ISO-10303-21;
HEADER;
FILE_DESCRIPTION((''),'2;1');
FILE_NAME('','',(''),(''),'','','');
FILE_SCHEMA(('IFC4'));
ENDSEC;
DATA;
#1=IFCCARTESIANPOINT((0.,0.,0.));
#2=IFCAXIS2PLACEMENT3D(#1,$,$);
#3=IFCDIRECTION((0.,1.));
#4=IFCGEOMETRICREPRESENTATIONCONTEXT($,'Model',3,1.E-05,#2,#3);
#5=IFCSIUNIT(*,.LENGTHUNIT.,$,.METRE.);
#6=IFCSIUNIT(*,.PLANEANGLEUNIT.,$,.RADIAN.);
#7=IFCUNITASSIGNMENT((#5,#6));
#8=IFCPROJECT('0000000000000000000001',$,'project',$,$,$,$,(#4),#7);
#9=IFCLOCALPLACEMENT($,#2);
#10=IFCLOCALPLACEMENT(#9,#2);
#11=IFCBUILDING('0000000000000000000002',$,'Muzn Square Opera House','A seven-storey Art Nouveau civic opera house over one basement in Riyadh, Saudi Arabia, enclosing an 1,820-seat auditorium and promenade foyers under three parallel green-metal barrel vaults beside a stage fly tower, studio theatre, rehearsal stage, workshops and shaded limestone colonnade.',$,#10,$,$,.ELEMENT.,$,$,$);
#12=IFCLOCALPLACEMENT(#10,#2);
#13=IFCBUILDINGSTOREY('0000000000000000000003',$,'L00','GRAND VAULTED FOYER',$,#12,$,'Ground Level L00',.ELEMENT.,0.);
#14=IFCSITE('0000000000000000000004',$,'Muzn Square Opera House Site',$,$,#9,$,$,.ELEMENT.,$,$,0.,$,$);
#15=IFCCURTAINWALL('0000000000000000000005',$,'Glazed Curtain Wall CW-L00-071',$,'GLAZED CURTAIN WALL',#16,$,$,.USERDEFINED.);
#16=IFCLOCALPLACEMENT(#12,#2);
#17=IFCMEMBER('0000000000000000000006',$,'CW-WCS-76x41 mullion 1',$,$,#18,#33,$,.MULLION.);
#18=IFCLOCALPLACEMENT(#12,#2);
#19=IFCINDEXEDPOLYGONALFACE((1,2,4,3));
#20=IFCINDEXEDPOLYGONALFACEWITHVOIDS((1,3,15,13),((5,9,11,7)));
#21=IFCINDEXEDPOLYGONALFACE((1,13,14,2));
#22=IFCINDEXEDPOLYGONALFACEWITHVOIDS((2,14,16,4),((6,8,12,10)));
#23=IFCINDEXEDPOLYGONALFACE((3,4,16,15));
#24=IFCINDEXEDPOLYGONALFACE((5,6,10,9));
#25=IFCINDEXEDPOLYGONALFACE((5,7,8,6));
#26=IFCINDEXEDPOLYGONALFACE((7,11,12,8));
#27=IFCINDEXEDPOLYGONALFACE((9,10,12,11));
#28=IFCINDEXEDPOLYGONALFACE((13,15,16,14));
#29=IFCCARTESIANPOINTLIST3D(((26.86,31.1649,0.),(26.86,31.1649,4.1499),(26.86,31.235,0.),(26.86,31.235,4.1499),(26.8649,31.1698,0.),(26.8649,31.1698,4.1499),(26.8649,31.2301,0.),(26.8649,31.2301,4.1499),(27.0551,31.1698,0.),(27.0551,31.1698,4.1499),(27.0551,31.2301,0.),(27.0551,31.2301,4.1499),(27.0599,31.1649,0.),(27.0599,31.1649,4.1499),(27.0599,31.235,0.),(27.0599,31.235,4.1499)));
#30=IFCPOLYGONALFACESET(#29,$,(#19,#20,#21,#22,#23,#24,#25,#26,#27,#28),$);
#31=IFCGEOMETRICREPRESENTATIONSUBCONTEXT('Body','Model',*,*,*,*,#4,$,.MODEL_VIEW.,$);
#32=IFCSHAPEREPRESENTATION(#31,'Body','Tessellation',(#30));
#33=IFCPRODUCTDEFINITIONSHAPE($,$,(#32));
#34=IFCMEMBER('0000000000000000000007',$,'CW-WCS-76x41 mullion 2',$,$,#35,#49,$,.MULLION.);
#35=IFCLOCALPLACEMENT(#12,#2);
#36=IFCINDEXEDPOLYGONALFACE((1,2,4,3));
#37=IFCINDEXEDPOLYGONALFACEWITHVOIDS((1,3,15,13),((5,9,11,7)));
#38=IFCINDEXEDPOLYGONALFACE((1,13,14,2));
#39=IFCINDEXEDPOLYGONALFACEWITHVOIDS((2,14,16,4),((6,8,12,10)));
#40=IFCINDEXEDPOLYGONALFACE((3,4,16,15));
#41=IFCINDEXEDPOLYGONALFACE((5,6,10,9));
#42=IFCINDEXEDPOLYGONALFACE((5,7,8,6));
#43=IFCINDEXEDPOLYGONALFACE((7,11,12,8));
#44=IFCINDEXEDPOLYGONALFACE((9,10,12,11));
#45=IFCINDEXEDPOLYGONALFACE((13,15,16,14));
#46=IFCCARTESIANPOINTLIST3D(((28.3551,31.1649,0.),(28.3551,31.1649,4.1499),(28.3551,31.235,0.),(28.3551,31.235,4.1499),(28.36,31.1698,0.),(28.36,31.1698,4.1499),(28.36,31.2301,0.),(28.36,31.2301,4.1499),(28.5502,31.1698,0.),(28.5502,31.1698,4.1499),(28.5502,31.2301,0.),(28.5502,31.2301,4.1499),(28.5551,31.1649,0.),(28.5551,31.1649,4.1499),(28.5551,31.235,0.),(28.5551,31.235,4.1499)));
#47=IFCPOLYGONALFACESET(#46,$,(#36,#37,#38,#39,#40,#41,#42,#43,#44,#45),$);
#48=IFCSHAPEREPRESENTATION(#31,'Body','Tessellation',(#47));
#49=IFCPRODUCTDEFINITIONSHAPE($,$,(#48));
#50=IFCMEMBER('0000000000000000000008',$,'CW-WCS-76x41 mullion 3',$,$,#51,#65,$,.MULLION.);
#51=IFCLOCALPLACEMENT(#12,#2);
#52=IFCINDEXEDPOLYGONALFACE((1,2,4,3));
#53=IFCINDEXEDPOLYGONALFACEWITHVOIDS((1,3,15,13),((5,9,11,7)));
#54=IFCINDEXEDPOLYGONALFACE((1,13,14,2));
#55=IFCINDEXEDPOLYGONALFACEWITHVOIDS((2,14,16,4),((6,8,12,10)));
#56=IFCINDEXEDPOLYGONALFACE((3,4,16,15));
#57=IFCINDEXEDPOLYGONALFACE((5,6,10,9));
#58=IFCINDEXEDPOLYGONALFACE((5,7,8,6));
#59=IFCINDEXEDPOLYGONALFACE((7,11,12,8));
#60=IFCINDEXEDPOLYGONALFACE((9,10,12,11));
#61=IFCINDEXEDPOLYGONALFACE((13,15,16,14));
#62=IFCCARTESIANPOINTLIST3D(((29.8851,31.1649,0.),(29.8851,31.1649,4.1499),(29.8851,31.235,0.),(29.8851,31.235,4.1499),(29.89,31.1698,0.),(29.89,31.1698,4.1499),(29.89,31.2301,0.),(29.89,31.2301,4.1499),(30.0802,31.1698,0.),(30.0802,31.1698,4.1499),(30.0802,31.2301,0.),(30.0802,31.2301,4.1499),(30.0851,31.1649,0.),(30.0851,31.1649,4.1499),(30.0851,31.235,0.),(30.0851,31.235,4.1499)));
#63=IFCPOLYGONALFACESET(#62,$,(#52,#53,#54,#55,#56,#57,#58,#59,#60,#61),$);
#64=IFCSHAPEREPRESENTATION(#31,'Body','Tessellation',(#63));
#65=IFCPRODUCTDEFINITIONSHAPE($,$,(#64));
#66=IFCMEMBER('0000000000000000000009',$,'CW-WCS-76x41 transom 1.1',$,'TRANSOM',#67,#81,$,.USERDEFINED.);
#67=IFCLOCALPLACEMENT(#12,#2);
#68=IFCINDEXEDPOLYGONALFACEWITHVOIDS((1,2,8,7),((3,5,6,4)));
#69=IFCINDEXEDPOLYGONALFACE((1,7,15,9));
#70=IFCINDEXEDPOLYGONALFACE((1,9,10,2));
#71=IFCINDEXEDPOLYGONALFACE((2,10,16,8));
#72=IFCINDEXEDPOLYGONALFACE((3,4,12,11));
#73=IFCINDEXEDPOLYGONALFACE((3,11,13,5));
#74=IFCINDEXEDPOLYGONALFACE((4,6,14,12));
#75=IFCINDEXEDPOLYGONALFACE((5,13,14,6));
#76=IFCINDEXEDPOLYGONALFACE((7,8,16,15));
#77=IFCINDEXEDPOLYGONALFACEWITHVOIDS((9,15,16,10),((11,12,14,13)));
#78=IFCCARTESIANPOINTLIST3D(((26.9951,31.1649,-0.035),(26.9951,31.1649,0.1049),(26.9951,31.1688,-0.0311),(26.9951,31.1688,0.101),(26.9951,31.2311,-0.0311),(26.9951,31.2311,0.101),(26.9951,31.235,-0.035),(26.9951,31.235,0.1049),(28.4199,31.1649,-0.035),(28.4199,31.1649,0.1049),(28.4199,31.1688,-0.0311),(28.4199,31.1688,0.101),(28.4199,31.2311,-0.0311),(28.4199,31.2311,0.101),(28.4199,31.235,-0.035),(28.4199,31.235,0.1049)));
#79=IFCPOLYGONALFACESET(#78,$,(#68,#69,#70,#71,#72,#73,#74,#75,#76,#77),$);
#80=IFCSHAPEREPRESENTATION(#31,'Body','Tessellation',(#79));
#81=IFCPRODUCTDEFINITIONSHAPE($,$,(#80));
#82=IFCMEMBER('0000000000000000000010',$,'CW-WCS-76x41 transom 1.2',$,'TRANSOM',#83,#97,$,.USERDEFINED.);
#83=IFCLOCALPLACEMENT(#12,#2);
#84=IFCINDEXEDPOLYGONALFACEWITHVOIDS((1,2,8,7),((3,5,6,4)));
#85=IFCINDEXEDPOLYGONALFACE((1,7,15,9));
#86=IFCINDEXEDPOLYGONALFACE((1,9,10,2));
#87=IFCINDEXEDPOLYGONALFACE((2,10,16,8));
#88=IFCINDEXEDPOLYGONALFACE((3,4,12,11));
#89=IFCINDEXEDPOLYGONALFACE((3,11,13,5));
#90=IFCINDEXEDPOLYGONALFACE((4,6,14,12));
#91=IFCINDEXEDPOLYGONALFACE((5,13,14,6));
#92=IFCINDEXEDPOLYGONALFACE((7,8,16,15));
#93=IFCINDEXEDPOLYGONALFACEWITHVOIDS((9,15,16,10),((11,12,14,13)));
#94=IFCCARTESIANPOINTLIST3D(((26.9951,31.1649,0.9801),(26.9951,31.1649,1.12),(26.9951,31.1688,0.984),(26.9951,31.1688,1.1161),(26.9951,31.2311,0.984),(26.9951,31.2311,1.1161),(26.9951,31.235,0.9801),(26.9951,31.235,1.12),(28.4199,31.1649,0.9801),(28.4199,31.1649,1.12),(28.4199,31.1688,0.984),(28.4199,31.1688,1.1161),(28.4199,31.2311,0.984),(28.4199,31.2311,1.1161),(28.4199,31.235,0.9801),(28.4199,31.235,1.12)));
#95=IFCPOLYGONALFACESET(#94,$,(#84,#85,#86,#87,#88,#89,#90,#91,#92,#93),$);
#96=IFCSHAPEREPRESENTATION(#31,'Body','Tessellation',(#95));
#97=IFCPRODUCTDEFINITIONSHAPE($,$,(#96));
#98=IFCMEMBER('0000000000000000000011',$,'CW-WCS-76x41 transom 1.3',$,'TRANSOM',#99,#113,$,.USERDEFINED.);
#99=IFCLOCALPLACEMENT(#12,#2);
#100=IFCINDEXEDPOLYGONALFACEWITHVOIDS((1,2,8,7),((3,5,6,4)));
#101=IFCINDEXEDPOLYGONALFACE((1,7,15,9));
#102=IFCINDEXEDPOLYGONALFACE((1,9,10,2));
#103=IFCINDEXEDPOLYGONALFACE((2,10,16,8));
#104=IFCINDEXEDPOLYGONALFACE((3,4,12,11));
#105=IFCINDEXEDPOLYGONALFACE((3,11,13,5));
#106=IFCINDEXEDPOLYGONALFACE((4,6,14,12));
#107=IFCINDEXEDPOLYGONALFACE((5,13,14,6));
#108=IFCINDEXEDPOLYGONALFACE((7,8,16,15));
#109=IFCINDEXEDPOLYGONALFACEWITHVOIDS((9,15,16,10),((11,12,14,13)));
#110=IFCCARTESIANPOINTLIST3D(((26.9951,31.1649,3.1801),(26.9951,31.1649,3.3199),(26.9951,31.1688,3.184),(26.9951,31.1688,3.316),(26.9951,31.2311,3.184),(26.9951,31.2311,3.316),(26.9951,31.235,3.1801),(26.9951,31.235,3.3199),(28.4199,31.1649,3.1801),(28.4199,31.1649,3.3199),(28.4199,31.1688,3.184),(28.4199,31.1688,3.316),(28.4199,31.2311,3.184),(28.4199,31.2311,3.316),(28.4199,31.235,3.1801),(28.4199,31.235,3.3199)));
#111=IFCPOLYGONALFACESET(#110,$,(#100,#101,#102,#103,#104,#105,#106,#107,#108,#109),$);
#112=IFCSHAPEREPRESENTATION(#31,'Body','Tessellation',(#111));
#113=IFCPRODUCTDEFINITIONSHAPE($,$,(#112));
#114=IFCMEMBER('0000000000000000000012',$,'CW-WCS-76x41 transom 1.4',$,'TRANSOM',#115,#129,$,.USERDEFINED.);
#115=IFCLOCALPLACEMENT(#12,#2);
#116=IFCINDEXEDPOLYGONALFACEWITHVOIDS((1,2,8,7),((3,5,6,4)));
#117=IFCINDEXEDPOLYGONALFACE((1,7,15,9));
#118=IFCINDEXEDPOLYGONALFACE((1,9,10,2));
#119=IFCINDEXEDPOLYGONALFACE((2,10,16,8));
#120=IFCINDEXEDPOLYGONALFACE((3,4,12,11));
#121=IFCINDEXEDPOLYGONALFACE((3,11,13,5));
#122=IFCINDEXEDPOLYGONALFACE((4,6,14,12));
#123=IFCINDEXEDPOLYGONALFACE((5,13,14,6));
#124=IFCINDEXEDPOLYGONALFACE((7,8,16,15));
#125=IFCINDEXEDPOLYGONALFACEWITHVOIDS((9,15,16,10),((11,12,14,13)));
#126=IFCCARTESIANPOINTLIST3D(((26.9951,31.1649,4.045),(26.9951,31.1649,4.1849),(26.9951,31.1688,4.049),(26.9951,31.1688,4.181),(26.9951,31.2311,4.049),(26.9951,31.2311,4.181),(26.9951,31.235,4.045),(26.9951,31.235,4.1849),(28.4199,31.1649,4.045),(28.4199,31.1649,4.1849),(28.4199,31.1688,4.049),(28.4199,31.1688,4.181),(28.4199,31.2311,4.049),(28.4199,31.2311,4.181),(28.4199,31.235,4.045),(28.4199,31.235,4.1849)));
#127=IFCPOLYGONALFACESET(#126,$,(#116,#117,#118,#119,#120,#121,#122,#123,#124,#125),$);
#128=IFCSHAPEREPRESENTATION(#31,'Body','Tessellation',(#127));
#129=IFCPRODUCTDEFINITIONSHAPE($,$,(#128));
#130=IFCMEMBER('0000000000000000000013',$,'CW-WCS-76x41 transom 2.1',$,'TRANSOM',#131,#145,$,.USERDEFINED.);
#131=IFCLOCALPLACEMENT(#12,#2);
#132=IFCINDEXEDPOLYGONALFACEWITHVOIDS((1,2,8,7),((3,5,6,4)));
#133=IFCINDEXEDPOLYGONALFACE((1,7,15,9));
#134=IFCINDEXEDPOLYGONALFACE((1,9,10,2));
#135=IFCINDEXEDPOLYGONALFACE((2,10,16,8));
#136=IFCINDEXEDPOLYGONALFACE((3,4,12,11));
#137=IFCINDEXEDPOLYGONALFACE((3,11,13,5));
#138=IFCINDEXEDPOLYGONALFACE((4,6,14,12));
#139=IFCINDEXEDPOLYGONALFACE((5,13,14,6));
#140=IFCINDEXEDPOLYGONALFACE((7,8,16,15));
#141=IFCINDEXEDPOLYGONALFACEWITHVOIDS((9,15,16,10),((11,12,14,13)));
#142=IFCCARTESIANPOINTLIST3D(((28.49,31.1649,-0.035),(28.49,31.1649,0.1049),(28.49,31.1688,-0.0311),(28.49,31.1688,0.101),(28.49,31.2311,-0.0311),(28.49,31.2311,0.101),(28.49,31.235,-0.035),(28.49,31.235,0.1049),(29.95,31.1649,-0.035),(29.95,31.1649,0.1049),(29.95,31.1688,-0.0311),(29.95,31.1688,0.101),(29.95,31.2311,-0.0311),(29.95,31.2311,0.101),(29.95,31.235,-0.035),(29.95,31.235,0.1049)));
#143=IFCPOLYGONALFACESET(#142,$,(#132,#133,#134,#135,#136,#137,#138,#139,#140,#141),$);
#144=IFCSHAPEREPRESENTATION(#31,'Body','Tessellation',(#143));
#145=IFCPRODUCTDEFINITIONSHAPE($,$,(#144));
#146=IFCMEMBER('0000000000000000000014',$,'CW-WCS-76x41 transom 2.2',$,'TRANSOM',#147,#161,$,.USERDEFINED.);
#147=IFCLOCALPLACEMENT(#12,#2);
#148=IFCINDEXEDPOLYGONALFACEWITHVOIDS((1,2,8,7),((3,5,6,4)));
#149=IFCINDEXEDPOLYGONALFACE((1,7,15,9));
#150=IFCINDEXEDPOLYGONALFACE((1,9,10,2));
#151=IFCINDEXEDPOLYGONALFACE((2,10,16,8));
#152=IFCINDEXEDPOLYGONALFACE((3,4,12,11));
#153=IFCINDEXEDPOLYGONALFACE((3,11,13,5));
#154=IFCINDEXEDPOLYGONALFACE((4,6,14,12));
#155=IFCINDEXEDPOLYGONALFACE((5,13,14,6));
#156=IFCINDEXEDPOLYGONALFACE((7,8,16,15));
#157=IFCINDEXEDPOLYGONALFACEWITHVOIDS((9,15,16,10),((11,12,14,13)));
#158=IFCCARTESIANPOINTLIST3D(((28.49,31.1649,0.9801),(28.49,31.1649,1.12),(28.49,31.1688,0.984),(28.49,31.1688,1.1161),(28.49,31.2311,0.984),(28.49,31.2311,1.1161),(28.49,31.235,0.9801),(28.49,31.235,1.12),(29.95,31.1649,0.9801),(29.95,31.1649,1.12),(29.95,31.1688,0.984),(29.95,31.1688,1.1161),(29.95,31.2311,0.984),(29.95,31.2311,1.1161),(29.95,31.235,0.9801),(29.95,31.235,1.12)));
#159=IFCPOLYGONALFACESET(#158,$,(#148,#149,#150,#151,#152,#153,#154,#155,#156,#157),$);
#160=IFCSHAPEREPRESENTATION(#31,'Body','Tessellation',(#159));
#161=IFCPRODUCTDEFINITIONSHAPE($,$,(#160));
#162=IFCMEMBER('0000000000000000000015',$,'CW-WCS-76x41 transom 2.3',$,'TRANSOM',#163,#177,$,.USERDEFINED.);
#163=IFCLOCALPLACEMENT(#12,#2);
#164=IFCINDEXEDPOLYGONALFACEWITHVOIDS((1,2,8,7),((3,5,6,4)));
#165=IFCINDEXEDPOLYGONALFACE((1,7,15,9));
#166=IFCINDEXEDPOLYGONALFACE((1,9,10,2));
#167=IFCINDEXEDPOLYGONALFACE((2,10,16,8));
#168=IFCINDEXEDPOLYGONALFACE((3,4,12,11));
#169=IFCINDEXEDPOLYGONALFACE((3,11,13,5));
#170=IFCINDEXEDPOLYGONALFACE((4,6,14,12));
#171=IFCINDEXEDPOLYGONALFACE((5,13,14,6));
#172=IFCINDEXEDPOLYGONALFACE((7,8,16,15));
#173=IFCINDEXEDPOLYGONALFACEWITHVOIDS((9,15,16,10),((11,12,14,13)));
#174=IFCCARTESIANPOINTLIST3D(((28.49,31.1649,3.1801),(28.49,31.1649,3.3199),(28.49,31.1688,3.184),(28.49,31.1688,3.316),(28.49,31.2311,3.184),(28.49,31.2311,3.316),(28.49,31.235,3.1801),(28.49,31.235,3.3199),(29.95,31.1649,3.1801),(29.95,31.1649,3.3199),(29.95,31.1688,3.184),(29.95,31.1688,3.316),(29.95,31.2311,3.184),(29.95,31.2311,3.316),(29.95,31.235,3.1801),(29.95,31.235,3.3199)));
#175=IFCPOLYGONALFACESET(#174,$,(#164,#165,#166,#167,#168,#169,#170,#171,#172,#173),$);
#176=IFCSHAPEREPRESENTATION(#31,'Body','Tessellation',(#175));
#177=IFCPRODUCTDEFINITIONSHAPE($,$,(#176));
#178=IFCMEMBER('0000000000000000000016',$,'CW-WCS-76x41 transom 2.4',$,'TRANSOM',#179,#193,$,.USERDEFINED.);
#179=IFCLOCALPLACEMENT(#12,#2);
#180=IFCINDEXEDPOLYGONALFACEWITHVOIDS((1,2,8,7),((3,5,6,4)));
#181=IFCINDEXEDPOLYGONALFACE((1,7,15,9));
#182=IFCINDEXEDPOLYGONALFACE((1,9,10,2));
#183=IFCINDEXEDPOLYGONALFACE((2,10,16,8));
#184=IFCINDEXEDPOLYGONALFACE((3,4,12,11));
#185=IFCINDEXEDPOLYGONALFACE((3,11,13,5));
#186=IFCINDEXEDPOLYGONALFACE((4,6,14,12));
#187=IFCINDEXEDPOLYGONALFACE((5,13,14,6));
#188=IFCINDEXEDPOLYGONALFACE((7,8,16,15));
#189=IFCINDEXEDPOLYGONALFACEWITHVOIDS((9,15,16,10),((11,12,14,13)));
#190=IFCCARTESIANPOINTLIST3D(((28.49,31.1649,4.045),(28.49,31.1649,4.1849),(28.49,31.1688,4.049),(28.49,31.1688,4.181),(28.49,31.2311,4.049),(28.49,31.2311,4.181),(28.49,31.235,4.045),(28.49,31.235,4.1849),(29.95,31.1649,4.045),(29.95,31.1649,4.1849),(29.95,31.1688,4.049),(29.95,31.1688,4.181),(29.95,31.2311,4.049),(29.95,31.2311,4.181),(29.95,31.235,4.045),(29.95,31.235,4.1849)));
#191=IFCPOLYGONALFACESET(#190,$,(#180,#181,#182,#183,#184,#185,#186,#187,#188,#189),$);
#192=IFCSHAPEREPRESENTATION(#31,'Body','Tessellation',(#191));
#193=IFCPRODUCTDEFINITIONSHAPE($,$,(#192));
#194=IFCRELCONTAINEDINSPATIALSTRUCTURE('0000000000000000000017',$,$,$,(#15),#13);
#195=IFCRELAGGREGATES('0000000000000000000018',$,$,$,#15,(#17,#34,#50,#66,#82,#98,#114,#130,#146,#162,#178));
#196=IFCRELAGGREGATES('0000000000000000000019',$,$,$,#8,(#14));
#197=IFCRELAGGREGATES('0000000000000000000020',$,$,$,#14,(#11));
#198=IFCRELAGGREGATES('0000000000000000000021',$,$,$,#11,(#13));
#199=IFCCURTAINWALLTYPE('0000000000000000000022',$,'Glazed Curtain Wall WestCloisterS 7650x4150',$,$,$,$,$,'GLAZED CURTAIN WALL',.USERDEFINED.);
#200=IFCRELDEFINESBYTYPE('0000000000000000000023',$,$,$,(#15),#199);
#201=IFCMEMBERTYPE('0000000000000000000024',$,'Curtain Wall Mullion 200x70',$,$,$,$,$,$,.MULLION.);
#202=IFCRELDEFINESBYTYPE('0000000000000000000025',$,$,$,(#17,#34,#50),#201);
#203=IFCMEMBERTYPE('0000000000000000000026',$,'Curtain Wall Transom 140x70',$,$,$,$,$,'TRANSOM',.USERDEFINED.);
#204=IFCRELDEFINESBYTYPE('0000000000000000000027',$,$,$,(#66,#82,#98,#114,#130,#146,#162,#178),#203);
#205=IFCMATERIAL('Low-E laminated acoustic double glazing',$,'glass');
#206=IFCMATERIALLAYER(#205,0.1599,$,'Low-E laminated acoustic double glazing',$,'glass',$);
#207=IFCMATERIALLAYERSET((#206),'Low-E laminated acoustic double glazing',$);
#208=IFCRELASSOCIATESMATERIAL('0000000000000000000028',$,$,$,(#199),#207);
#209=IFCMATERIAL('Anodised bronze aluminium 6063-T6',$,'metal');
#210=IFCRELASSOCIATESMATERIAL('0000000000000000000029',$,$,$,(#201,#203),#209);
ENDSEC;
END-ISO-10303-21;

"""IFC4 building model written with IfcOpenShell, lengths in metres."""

from ifc_helpers import new_model, si_unit, direction, frame, origin, origin_2d, place, context, subcontext, project, spatial, hollow_rectangle, extrude, material, layer, layer_set, material_profile, profile_set, type_object, element, aggregate, save


model = new_model("IFC4")

# Units and contexts
model_context = context("Model", 3, precision=1e-05, world=origin(), true_north=direction((0.0, 1.0)))
body_context = subcontext(model_context, "Body", "Model", "MODEL_VIEW")
ifc_project = project(units=[si_unit("LENGTHUNIT", "METRE"), si_unit("PLANEANGLEUNIT", "RADIAN")], contexts=[model_context])

# Site, building, storey
site_placement = place(None, origin())
site = spatial("IfcSite", under=ifc_project, at=site_placement, Name="Muzn Square Opera House Site", CompositionType="ELEMENT", RefElevation=0.0)
building_placement = place(site_placement, origin())
building = spatial("IfcBuilding", under=site, at=building_placement, Name="Muzn Square Opera House", Description="A seven-storey Art Nouveau civic opera house over one basement in Riyadh, Saudi Arabia, enclosing an 1,820-seat auditorium and promenade foyers under three parallel green-metal barrel vaults beside a stage fly tower, studio theatre, rehearsal stage, workshops and shaded limestone colonnade.", CompositionType="ELEMENT")
storey_placement = place(building_placement, origin())
storey = spatial("IfcBuildingStorey", under=building, at=storey_placement, Name="L00", Description="GRAND VAULTED FOYER", LongName="Ground Level L00", CompositionType="ELEMENT", Elevation=0.0)

# Curtain wall, members
ifc_material_1 = material(Name="Low-E laminated acoustic double glazing", Category="glass")
ifc_layer_1 = layer(ifc_material_1, 0.1599, Name="Low-E laminated acoustic double glazing", Category="glass")
ifc_layer_set_1 = layer_set([ifc_layer_1], Name="Low-E laminated acoustic double glazing")
curtain_wall_type = type_object("IfcCurtainWallType", Name="Glazed Curtain Wall WestCloisterS 7650x4150", ElementType="GLAZED CURTAIN WALL", PredefinedType="USERDEFINED", material=ifc_layer_set_1)
curtain_wall_placement = place(storey_placement, origin())
curtain_wall = element("IfcCurtainWall", 1, at=curtain_wall_placement, inside=storey, type_object=curtain_wall_type, Name="Glazed Curtain Wall CW-L00-071", ObjectType="GLAZED CURTAIN WALL", PredefinedType="USERDEFINED")
ifc_material_2 = material(Name="Anodised bronze aluminium 6063-T6", Category="metal")
ifc_material_profile_1 = material_profile(ifc_material_2, hollow_rectangle(XDim=0.0701, YDim=0.2, WallThickness=0.0049, at=origin_2d()), Name="ALU 200x70x5", Category="metal")
ifc_profile_set_1 = profile_set([ifc_material_profile_1], Name="Anodised bronze aluminium 6063-T6")
member_type_1 = type_object("IfcMemberType", Name="Curtain Wall Mullion 200x70", PredefinedType="MULLION", material=ifc_profile_set_1)
member_1_placement = place(storey_placement, frame((26.96, 31.2, 0.0), z_axis=(0.0, 0.0, 1.0), x_axis=(0.0, 1.0, 0.0)))
member_1 = element("IfcMember", 2, at=member_1_placement, type_object=member_type_1, Name="CW-WCS-76x41 mullion 1", PredefinedType="MULLION", context=body_context, shape_type="SweptSolid", body=[
    extrude(hollow_rectangle(XDim=0.0701, YDim=0.2, WallThickness=0.0049, at=origin_2d()), origin(), (0.0, 0.0, 1.0), 4.1499),
])
member_2_placement = place(storey_placement, frame((28.4551, 31.2, 0.0), z_axis=(0.0, 0.0, 1.0), x_axis=(0.0, 1.0, 0.0)))
member_2 = element("IfcMember", 3, at=member_2_placement, type_object=member_type_1, Name="CW-WCS-76x41 mullion 2", PredefinedType="MULLION", context=body_context, shape_type="SweptSolid", body=[
    extrude(hollow_rectangle(XDim=0.0701, YDim=0.2, WallThickness=0.0049, at=origin_2d()), origin(), (0.0, 0.0, 1.0), 4.1499),
])
member_3_placement = place(storey_placement, frame((29.9851, 31.2, 0.0), z_axis=(0.0, 0.0, 1.0), x_axis=(0.0, 1.0, 0.0)))
member_3 = element("IfcMember", 4, at=member_3_placement, type_object=member_type_1, Name="CW-WCS-76x41 mullion 3", PredefinedType="MULLION", context=body_context, shape_type="SweptSolid", body=[
    extrude(hollow_rectangle(XDim=0.0701, YDim=0.2, WallThickness=0.0049, at=origin_2d()), origin(), (0.0, 0.0, 1.0), 4.1499),
])
ifc_material_profile_2 = material_profile(ifc_material_2, hollow_rectangle(XDim=0.0701, YDim=0.1399, WallThickness=0.0039, at=origin_2d()), Name="ALU 140x70x4", Category="metal")
ifc_profile_set_2 = profile_set([ifc_material_profile_2], Name="Anodised bronze aluminium 6063-T6")
member_type_2 = type_object("IfcMemberType", Name="Curtain Wall Transom 140x70", ElementType="TRANSOM", PredefinedType="USERDEFINED", material=ifc_profile_set_2)
member_4_placement = place(storey_placement, frame((26.9951, 31.2, 0.0349), z_axis=(1.0, 0.0, 0.0), x_axis=(0.0, 1.0, 0.0)))
member_4 = element("IfcMember", 5, at=member_4_placement, type_object=member_type_2, Name="CW-WCS-76x41 transom 1.1", ObjectType="TRANSOM", PredefinedType="USERDEFINED", context=body_context, shape_type="SweptSolid", body=[
    extrude(hollow_rectangle(XDim=0.0701, YDim=0.1399, WallThickness=0.0039, at=origin_2d()), origin(), (0.0, 0.0, 1.0), 1.4248),
])
member_5_placement = place(storey_placement, frame((26.9951, 31.2, 1.05), z_axis=(1.0, 0.0, 0.0), x_axis=(0.0, 1.0, 0.0)))
member_5 = element("IfcMember", 6, at=member_5_placement, type_object=member_type_2, Name="CW-WCS-76x41 transom 1.2", ObjectType="TRANSOM", PredefinedType="USERDEFINED", context=body_context, shape_type="SweptSolid", body=[
    extrude(hollow_rectangle(XDim=0.0701, YDim=0.1399, WallThickness=0.0039, at=origin_2d()), origin(), (0.0, 0.0, 1.0), 1.4248),
])
member_6_placement = place(storey_placement, frame((26.9951, 31.2, 3.25), z_axis=(1.0, 0.0, 0.0), x_axis=(0.0, 1.0, 0.0)))
member_6 = element("IfcMember", 7, at=member_6_placement, type_object=member_type_2, Name="CW-WCS-76x41 transom 1.3", ObjectType="TRANSOM", PredefinedType="USERDEFINED", context=body_context, shape_type="SweptSolid", body=[
    extrude(hollow_rectangle(XDim=0.0701, YDim=0.1399, WallThickness=0.0039, at=origin_2d()), origin(), (0.0, 0.0, 1.0), 1.4248),
])
member_7_placement = place(storey_placement, frame((26.9951, 31.2, 4.115), z_axis=(1.0, 0.0, 0.0), x_axis=(0.0, 1.0, 0.0)))
member_7 = element("IfcMember", 8, at=member_7_placement, type_object=member_type_2, Name="CW-WCS-76x41 transom 1.4", ObjectType="TRANSOM", PredefinedType="USERDEFINED", context=body_context, shape_type="SweptSolid", body=[
    extrude(hollow_rectangle(XDim=0.0701, YDim=0.1399, WallThickness=0.0039, at=origin_2d()), origin(), (0.0, 0.0, 1.0), 1.4248),
])
member_8_placement = place(storey_placement, frame((28.49, 31.2, 0.0349), z_axis=(1.0, 0.0, 0.0), x_axis=(0.0, 1.0, 0.0)))
member_8 = element("IfcMember", 9, at=member_8_placement, type_object=member_type_2, Name="CW-WCS-76x41 transom 2.1", ObjectType="TRANSOM", PredefinedType="USERDEFINED", context=body_context, shape_type="SweptSolid", body=[
    extrude(hollow_rectangle(XDim=0.0701, YDim=0.1399, WallThickness=0.0039, at=origin_2d()), origin(), (0.0, 0.0, 1.0), 1.46),
])
member_9_placement = place(storey_placement, frame((28.49, 31.2, 1.05), z_axis=(1.0, 0.0, 0.0), x_axis=(0.0, 1.0, 0.0)))
member_9 = element("IfcMember", 10, at=member_9_placement, type_object=member_type_2, Name="CW-WCS-76x41 transom 2.2", ObjectType="TRANSOM", PredefinedType="USERDEFINED", context=body_context, shape_type="SweptSolid", body=[
    extrude(hollow_rectangle(XDim=0.0701, YDim=0.1399, WallThickness=0.0039, at=origin_2d()), origin(), (0.0, 0.0, 1.0), 1.46),
])
member_10_placement = place(storey_placement, frame((28.49, 31.2, 3.25), z_axis=(1.0, 0.0, 0.0), x_axis=(0.0, 1.0, 0.0)))
member_10 = element("IfcMember", 11, at=member_10_placement, type_object=member_type_2, Name="CW-WCS-76x41 transom 2.3", ObjectType="TRANSOM", PredefinedType="USERDEFINED", context=body_context, shape_type="SweptSolid", body=[
    extrude(hollow_rectangle(XDim=0.0701, YDim=0.1399, WallThickness=0.0039, at=origin_2d()), origin(), (0.0, 0.0, 1.0), 1.46),
])
member_11_placement = place(storey_placement, frame((28.49, 31.2, 4.115), z_axis=(1.0, 0.0, 0.0), x_axis=(0.0, 1.0, 0.0)))
member_11 = element("IfcMember", 12, at=member_11_placement, type_object=member_type_2, Name="CW-WCS-76x41 transom 2.4", ObjectType="TRANSOM", PredefinedType="USERDEFINED", context=body_context, shape_type="SweptSolid", body=[
    extrude(hollow_rectangle(XDim=0.0701, YDim=0.1399, WallThickness=0.0039, at=origin_2d()), origin(), (0.0, 0.0, 1.0), 1.46),
])

aggregate(curtain_wall, [member_1, member_2, member_3, member_4, member_5, member_6, member_7, member_8, member_9, member_10, member_11])

save(model, "model.ifc")
